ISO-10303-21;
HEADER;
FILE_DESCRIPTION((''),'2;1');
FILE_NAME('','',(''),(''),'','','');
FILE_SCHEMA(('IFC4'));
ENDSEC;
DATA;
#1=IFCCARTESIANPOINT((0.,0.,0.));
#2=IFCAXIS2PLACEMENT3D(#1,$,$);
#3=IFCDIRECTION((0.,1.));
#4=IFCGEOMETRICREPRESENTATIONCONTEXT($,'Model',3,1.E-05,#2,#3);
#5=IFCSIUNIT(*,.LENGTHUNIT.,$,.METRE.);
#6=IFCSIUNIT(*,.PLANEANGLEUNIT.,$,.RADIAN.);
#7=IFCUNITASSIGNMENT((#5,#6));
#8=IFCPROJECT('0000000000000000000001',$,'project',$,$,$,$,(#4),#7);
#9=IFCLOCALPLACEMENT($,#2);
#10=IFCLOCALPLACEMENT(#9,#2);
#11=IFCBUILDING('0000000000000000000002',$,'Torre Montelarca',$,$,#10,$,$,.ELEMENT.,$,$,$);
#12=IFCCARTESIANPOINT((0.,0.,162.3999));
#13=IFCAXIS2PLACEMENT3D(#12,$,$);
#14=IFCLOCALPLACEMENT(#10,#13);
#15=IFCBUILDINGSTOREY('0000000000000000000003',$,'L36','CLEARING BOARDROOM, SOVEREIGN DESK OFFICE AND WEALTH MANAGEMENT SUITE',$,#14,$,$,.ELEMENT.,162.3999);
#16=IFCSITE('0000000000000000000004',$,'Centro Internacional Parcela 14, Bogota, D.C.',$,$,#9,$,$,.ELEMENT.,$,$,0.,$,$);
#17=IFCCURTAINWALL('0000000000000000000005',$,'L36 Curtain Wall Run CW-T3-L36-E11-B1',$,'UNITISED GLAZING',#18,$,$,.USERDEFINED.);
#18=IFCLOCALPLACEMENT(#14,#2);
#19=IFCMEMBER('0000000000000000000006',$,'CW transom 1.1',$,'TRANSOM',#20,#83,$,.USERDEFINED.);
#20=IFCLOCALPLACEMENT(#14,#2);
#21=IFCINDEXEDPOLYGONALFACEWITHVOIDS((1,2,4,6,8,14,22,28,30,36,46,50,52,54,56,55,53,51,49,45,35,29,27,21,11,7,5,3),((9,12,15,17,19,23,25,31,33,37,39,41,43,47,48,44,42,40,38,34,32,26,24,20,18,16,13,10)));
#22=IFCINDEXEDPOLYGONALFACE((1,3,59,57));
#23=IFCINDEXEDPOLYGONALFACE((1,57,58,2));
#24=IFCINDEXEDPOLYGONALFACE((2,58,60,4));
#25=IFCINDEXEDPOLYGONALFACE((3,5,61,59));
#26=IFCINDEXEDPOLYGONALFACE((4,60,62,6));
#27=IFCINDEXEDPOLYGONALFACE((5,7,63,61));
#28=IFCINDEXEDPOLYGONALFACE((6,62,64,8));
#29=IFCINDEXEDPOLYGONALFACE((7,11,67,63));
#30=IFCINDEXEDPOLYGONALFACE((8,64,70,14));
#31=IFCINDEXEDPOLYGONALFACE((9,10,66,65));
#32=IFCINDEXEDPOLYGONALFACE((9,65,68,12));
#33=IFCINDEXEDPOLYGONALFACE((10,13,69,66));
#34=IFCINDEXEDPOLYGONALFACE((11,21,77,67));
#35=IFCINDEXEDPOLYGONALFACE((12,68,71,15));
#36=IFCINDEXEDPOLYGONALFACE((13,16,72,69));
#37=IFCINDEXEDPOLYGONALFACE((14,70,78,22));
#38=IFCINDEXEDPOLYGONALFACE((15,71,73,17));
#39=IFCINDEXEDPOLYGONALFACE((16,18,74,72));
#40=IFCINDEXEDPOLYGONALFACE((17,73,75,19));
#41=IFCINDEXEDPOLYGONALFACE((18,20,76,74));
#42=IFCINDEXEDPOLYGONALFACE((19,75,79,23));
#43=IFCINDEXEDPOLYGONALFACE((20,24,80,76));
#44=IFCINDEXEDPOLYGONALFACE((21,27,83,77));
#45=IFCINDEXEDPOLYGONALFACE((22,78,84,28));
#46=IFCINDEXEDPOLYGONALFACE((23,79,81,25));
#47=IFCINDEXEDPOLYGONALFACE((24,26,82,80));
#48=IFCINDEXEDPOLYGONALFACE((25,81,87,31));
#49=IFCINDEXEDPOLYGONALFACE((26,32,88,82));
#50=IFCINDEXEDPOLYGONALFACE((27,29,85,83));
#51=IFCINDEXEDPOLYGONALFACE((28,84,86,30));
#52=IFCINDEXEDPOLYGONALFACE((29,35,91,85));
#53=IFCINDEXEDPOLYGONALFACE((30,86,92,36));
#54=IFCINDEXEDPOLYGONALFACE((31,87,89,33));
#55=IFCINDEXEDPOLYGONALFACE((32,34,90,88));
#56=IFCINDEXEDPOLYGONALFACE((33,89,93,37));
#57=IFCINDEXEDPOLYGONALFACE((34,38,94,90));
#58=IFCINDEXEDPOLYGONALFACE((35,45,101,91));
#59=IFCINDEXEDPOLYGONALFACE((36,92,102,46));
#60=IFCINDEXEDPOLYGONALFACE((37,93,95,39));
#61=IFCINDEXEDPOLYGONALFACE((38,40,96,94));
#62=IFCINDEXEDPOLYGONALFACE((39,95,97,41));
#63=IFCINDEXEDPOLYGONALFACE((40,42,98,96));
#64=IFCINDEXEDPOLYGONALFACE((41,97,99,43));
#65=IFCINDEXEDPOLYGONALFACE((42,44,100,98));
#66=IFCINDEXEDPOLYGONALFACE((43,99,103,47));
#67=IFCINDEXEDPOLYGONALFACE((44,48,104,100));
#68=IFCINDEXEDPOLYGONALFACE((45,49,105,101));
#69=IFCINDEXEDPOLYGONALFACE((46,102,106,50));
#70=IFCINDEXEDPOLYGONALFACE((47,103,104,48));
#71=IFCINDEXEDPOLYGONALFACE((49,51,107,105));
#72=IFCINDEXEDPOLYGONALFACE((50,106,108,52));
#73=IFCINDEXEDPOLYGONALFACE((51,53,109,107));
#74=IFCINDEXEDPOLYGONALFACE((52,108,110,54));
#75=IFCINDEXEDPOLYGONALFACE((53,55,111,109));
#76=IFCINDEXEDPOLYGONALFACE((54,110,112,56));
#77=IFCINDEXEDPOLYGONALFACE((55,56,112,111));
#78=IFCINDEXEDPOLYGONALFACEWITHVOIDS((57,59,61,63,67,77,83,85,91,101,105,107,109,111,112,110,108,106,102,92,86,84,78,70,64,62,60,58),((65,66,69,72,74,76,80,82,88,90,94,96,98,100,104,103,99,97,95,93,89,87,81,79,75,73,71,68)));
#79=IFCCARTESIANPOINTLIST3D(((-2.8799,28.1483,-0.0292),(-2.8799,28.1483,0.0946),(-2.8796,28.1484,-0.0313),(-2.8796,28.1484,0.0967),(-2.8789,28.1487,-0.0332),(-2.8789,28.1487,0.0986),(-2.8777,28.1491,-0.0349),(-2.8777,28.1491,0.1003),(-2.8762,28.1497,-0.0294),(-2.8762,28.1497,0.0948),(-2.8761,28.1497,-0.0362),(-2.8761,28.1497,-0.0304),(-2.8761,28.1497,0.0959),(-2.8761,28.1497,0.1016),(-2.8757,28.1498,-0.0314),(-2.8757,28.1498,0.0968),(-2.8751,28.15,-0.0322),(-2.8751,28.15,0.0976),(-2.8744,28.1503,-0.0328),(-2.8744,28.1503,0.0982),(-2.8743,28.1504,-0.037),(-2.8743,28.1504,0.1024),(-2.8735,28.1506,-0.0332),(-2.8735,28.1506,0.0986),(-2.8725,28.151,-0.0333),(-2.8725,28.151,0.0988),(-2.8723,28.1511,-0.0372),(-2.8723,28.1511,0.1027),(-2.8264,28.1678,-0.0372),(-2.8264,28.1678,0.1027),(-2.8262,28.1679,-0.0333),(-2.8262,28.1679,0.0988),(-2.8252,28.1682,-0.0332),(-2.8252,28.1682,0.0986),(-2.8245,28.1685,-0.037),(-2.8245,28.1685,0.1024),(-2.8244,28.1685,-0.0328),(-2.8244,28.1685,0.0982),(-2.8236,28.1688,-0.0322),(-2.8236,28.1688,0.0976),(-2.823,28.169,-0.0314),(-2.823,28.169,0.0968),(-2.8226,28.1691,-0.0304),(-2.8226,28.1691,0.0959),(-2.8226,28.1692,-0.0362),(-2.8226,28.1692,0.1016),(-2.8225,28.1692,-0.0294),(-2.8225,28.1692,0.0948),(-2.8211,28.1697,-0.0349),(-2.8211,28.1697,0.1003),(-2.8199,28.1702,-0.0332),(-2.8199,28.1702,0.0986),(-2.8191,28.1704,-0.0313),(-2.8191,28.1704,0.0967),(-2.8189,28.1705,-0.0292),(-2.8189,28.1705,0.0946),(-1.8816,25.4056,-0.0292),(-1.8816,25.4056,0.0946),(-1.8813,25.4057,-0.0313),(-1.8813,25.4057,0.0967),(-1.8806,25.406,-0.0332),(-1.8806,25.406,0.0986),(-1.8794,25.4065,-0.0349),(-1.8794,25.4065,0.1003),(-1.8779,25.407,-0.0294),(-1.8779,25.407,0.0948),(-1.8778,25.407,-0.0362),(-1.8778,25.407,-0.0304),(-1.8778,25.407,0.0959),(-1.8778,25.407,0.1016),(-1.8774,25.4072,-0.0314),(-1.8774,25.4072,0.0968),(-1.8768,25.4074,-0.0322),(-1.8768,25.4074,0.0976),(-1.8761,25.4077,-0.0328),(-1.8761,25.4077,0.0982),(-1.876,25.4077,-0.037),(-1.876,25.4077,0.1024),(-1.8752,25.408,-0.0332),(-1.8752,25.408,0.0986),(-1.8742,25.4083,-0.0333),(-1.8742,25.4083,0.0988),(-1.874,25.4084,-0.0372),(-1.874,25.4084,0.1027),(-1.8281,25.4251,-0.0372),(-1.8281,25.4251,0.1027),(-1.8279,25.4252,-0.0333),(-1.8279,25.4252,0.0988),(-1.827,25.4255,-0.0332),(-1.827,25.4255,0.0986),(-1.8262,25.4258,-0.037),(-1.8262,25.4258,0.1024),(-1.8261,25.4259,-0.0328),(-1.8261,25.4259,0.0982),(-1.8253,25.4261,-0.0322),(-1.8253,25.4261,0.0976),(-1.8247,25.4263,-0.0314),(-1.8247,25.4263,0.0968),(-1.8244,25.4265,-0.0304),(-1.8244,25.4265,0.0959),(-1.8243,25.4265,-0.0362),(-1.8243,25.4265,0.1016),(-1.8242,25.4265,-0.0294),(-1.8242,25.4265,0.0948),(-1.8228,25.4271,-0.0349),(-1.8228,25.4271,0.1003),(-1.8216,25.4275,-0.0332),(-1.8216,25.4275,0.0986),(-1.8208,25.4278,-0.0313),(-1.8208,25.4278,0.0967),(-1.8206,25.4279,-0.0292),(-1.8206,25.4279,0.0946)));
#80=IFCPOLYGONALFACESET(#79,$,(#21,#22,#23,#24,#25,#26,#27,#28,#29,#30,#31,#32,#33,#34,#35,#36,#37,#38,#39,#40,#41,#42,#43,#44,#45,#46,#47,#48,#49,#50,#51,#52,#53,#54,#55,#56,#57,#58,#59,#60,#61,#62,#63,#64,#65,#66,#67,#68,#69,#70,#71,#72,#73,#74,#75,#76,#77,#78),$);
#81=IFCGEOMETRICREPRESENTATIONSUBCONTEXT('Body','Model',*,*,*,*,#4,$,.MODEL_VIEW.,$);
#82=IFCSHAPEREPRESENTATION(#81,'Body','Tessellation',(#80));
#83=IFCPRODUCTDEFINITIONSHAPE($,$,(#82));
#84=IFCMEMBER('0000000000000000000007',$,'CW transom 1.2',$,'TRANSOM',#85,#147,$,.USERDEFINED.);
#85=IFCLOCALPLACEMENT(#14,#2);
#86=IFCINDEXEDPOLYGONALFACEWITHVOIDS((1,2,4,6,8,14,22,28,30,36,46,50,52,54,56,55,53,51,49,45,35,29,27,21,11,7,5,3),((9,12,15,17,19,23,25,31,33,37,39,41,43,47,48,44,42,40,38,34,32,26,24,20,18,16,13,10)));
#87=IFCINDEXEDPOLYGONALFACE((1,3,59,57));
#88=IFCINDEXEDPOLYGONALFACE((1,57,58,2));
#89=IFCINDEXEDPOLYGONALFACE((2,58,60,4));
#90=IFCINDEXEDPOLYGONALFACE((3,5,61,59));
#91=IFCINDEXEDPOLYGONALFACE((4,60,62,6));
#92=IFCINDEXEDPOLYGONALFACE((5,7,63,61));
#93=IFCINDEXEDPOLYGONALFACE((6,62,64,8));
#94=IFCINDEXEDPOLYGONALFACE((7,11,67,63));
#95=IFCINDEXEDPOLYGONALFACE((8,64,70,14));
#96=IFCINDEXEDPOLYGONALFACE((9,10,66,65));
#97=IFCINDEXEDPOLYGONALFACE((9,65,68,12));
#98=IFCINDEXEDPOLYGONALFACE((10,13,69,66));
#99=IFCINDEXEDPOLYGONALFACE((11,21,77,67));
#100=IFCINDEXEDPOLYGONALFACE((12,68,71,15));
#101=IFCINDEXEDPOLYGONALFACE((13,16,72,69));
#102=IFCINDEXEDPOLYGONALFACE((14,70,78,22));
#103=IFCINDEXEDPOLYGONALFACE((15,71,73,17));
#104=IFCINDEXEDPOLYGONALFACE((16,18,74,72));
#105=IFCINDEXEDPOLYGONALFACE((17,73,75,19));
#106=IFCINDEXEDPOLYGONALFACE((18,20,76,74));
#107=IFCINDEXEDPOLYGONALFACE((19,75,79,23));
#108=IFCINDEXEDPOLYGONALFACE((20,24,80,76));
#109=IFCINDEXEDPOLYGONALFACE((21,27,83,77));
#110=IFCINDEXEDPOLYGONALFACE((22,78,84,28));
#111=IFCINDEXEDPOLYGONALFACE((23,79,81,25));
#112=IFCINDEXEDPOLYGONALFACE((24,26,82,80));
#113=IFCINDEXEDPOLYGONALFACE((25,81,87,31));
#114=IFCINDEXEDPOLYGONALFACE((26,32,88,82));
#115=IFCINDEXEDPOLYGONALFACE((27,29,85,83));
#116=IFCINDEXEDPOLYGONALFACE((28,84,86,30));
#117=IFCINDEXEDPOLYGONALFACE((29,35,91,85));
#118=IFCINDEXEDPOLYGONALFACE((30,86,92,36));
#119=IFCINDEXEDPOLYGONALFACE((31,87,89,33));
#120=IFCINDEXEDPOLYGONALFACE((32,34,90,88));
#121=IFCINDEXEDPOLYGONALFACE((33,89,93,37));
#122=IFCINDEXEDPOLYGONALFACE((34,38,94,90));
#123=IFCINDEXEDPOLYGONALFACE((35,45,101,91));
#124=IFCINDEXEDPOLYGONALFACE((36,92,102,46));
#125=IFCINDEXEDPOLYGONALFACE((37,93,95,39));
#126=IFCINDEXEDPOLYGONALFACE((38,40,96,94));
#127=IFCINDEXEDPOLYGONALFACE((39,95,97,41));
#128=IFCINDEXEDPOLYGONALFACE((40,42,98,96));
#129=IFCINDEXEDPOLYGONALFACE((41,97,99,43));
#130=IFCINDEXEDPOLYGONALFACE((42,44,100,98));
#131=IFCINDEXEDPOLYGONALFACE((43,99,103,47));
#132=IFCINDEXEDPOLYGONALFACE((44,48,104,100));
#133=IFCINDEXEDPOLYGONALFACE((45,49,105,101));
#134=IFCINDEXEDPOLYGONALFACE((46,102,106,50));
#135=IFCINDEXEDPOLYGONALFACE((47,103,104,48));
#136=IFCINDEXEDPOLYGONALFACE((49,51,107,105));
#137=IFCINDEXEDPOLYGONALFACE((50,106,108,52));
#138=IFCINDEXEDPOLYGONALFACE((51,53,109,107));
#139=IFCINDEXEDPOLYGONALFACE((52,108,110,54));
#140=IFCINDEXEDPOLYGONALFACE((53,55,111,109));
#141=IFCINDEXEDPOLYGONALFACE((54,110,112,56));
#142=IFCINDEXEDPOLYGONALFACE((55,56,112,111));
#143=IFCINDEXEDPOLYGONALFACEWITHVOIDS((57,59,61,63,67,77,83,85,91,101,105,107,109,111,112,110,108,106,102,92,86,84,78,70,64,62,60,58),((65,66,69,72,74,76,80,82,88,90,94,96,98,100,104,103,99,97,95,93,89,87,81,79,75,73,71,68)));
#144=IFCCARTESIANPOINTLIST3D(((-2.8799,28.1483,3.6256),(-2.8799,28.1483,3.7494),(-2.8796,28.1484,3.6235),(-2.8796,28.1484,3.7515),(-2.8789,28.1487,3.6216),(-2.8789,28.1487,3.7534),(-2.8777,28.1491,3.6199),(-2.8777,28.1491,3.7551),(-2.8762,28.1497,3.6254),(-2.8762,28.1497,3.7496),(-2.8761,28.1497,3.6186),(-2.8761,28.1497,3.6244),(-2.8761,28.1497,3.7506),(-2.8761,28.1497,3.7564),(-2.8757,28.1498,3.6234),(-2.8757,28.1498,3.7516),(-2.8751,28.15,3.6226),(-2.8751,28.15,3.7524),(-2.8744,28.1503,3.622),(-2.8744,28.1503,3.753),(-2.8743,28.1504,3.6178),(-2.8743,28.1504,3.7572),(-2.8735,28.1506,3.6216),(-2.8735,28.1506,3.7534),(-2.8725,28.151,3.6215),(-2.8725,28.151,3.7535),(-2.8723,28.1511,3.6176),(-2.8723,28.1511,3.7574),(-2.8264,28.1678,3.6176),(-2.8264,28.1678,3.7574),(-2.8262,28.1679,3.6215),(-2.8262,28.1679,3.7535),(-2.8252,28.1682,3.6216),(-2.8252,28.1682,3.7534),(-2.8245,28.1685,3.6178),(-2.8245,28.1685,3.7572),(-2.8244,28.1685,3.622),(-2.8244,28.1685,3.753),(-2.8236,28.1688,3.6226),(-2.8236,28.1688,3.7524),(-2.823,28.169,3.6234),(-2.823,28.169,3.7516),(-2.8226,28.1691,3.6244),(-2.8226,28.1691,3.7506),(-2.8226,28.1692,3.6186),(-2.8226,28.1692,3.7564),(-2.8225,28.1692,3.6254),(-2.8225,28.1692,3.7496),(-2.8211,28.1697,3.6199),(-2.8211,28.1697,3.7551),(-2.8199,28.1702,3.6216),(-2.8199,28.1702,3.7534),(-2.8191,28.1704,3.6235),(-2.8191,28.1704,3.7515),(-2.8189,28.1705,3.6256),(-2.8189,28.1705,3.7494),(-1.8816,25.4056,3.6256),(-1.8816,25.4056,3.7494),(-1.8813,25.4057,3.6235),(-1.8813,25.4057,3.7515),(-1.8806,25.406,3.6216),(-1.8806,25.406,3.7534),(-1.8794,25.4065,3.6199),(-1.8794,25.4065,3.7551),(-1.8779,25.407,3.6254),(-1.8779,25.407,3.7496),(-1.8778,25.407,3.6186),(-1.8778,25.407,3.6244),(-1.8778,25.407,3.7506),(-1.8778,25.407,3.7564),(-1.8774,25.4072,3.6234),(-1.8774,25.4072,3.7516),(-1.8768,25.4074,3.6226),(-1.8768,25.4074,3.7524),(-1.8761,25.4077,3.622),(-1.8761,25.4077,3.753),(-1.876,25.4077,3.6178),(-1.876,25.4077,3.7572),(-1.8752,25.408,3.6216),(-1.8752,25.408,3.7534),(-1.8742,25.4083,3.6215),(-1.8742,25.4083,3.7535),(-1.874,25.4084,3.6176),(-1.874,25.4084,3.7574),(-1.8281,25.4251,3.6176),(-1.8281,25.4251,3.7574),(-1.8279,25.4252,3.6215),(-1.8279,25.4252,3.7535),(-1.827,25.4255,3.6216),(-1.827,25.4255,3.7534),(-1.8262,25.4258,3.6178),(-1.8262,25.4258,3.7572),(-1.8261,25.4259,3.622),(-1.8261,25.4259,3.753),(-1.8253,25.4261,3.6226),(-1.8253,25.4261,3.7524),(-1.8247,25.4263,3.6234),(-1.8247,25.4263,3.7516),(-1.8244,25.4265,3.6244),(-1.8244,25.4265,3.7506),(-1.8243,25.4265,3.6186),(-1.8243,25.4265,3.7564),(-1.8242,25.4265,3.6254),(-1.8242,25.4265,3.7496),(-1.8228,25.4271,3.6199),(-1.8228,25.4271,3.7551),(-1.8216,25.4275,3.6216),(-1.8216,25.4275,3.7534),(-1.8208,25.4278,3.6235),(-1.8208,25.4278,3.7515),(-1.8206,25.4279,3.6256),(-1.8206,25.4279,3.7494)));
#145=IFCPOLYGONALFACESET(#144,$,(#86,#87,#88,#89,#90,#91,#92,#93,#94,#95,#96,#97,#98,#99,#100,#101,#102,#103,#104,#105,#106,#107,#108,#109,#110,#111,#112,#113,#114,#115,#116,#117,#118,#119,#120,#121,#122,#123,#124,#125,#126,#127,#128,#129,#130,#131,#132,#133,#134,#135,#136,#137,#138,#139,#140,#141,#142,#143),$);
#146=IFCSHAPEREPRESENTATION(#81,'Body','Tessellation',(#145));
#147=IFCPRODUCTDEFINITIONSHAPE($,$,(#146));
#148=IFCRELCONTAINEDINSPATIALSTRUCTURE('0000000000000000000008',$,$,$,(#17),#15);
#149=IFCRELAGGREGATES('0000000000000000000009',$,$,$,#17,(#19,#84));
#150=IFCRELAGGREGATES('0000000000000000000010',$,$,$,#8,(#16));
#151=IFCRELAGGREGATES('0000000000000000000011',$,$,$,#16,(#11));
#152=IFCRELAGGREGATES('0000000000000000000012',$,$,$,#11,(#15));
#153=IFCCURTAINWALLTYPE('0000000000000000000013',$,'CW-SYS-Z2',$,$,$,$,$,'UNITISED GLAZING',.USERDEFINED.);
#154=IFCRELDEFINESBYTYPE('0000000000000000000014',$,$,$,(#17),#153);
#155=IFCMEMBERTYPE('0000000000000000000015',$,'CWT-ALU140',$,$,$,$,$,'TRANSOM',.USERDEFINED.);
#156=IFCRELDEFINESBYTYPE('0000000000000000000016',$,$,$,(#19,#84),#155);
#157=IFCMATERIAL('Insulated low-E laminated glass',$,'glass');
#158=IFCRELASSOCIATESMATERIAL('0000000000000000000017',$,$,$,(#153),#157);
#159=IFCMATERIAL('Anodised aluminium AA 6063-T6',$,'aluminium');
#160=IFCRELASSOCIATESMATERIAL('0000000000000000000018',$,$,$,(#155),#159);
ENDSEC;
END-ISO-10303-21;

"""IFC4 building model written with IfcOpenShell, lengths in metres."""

from ifc_helpers import new_model, si_unit, direction, frame, origin, origin_2d, place, context, subcontext, project, spatial, hollow_rectangle, extrude, source, transform, mapped, material, material_profile, profile_set, type_object, element, aggregate, save


model = new_model("IFC4")

# Units and contexts
model_context = context("Model", 3, precision=1e-05, world=origin(), true_north=direction((0.0, 1.0)))
body_context = subcontext(model_context, "Body", "Model", "MODEL_VIEW")
ifc_project = project(units=[si_unit("LENGTHUNIT", "METRE"), si_unit("PLANEANGLEUNIT", "RADIAN")], contexts=[model_context])

# Site, building, storey
site_placement = place(None, origin())
site = spatial("IfcSite", under=ifc_project, at=site_placement, Name="Centro Internacional Parcela 14, Bogota, D.C.", CompositionType="ELEMENT", RefElevation=0.0)
building_placement = place(site_placement, origin())
building = spatial("IfcBuilding", under=site, at=building_placement, Name="Torre Montelarca", CompositionType="ELEMENT")
storey_placement = place(building_placement, frame((0.0, 0.0, 162.3999)))
storey = spatial("IfcBuildingStorey", under=building, at=storey_placement, Name="L36", Description="CLEARING BOARDROOM, SOVEREIGN DESK OFFICE AND WEALTH MANAGEMENT SUITE", CompositionType="ELEMENT", Elevation=162.3999)

# Curtain wall, members
ifc_material_1 = material(Name="Insulated low-E laminated glass", Category="glass")
curtain_wall_type = type_object("IfcCurtainWallType", Name="CW-SYS-Z2", ElementType="UNITISED GLAZING", PredefinedType="USERDEFINED", material=ifc_material_1)
curtain_wall_1_placement = place(storey_placement, origin())
curtain_wall_1 = element("IfcCurtainWall", 1, at=curtain_wall_1_placement, inside=storey, type_object=curtain_wall_type, Name="L36 Curtain Wall Run CW-T3-L36-E11-B1", ObjectType="UNITISED GLAZING", PredefinedType="USERDEFINED")
ifc_material_2 = material(Name="Anodised aluminium AA 6063-T6", Category="aluminium")
ifc_material_profile_1 = material_profile(ifc_material_2, hollow_rectangle(XDim=0.0649, YDim=0.1399, WallThickness=0.0039, InnerFilletRadius=0.0039, OuterFilletRadius=0.0081, at=origin_2d()), Name="ALU65X140X4", Category="aluminium")
ifc_profile_set_1 = profile_set([ifc_material_profile_1], Name="Anodised aluminium AA 6063-T6")
member_type_1 = type_object("IfcMemberType", Name="CWT-ALU140", ElementType="TRANSOM", PredefinedType="USERDEFINED", material=ifc_profile_set_1)
shared_shape_1 = source(origin(), body_context, "Body", "SweptSolid", [
    extrude(hollow_rectangle(XDim=0.0649, YDim=0.1399, WallThickness=0.0039, InnerFilletRadius=0.0039, OuterFilletRadius=0.0081, at=origin_2d()), origin(), (0.0, 0.0, 1.0), 2.9187),
])
member_1_placement = place(storey_placement, frame((-2.8494, 28.1594, 0.0327), z_axis=(0.342032, -0.939688, 0.0), x_axis=(0.939688, 0.342032, 0.0)))
member_1 = element("IfcMember", 2, at=member_1_placement, type_object=member_type_1, Name="CW transom 1.1", ObjectType="TRANSOM", PredefinedType="USERDEFINED", context=body_context, shape_type="MappedRepresentation", body=[
    mapped(shared_shape_1, transform((0.0, 0.0, 0.0), scale=1.0)),
])
member_2_placement = place(storey_placement, frame((-2.8494, 28.1594, 3.6875), z_axis=(0.342032, -0.939688, 0.0), x_axis=(0.939688, 0.342032, 0.0)))
member_2 = element("IfcMember", 3, at=member_2_placement, type_object=member_type_1, Name="CW transom 1.2", ObjectType="TRANSOM", PredefinedType="USERDEFINED", context=body_context, shape_type="MappedRepresentation", body=[
    mapped(shared_shape_1, transform((0.0, 0.0, 0.0), scale=1.0)),
])

aggregate(curtain_wall_1, [member_1, member_2])

save(model, "model.ifc")
